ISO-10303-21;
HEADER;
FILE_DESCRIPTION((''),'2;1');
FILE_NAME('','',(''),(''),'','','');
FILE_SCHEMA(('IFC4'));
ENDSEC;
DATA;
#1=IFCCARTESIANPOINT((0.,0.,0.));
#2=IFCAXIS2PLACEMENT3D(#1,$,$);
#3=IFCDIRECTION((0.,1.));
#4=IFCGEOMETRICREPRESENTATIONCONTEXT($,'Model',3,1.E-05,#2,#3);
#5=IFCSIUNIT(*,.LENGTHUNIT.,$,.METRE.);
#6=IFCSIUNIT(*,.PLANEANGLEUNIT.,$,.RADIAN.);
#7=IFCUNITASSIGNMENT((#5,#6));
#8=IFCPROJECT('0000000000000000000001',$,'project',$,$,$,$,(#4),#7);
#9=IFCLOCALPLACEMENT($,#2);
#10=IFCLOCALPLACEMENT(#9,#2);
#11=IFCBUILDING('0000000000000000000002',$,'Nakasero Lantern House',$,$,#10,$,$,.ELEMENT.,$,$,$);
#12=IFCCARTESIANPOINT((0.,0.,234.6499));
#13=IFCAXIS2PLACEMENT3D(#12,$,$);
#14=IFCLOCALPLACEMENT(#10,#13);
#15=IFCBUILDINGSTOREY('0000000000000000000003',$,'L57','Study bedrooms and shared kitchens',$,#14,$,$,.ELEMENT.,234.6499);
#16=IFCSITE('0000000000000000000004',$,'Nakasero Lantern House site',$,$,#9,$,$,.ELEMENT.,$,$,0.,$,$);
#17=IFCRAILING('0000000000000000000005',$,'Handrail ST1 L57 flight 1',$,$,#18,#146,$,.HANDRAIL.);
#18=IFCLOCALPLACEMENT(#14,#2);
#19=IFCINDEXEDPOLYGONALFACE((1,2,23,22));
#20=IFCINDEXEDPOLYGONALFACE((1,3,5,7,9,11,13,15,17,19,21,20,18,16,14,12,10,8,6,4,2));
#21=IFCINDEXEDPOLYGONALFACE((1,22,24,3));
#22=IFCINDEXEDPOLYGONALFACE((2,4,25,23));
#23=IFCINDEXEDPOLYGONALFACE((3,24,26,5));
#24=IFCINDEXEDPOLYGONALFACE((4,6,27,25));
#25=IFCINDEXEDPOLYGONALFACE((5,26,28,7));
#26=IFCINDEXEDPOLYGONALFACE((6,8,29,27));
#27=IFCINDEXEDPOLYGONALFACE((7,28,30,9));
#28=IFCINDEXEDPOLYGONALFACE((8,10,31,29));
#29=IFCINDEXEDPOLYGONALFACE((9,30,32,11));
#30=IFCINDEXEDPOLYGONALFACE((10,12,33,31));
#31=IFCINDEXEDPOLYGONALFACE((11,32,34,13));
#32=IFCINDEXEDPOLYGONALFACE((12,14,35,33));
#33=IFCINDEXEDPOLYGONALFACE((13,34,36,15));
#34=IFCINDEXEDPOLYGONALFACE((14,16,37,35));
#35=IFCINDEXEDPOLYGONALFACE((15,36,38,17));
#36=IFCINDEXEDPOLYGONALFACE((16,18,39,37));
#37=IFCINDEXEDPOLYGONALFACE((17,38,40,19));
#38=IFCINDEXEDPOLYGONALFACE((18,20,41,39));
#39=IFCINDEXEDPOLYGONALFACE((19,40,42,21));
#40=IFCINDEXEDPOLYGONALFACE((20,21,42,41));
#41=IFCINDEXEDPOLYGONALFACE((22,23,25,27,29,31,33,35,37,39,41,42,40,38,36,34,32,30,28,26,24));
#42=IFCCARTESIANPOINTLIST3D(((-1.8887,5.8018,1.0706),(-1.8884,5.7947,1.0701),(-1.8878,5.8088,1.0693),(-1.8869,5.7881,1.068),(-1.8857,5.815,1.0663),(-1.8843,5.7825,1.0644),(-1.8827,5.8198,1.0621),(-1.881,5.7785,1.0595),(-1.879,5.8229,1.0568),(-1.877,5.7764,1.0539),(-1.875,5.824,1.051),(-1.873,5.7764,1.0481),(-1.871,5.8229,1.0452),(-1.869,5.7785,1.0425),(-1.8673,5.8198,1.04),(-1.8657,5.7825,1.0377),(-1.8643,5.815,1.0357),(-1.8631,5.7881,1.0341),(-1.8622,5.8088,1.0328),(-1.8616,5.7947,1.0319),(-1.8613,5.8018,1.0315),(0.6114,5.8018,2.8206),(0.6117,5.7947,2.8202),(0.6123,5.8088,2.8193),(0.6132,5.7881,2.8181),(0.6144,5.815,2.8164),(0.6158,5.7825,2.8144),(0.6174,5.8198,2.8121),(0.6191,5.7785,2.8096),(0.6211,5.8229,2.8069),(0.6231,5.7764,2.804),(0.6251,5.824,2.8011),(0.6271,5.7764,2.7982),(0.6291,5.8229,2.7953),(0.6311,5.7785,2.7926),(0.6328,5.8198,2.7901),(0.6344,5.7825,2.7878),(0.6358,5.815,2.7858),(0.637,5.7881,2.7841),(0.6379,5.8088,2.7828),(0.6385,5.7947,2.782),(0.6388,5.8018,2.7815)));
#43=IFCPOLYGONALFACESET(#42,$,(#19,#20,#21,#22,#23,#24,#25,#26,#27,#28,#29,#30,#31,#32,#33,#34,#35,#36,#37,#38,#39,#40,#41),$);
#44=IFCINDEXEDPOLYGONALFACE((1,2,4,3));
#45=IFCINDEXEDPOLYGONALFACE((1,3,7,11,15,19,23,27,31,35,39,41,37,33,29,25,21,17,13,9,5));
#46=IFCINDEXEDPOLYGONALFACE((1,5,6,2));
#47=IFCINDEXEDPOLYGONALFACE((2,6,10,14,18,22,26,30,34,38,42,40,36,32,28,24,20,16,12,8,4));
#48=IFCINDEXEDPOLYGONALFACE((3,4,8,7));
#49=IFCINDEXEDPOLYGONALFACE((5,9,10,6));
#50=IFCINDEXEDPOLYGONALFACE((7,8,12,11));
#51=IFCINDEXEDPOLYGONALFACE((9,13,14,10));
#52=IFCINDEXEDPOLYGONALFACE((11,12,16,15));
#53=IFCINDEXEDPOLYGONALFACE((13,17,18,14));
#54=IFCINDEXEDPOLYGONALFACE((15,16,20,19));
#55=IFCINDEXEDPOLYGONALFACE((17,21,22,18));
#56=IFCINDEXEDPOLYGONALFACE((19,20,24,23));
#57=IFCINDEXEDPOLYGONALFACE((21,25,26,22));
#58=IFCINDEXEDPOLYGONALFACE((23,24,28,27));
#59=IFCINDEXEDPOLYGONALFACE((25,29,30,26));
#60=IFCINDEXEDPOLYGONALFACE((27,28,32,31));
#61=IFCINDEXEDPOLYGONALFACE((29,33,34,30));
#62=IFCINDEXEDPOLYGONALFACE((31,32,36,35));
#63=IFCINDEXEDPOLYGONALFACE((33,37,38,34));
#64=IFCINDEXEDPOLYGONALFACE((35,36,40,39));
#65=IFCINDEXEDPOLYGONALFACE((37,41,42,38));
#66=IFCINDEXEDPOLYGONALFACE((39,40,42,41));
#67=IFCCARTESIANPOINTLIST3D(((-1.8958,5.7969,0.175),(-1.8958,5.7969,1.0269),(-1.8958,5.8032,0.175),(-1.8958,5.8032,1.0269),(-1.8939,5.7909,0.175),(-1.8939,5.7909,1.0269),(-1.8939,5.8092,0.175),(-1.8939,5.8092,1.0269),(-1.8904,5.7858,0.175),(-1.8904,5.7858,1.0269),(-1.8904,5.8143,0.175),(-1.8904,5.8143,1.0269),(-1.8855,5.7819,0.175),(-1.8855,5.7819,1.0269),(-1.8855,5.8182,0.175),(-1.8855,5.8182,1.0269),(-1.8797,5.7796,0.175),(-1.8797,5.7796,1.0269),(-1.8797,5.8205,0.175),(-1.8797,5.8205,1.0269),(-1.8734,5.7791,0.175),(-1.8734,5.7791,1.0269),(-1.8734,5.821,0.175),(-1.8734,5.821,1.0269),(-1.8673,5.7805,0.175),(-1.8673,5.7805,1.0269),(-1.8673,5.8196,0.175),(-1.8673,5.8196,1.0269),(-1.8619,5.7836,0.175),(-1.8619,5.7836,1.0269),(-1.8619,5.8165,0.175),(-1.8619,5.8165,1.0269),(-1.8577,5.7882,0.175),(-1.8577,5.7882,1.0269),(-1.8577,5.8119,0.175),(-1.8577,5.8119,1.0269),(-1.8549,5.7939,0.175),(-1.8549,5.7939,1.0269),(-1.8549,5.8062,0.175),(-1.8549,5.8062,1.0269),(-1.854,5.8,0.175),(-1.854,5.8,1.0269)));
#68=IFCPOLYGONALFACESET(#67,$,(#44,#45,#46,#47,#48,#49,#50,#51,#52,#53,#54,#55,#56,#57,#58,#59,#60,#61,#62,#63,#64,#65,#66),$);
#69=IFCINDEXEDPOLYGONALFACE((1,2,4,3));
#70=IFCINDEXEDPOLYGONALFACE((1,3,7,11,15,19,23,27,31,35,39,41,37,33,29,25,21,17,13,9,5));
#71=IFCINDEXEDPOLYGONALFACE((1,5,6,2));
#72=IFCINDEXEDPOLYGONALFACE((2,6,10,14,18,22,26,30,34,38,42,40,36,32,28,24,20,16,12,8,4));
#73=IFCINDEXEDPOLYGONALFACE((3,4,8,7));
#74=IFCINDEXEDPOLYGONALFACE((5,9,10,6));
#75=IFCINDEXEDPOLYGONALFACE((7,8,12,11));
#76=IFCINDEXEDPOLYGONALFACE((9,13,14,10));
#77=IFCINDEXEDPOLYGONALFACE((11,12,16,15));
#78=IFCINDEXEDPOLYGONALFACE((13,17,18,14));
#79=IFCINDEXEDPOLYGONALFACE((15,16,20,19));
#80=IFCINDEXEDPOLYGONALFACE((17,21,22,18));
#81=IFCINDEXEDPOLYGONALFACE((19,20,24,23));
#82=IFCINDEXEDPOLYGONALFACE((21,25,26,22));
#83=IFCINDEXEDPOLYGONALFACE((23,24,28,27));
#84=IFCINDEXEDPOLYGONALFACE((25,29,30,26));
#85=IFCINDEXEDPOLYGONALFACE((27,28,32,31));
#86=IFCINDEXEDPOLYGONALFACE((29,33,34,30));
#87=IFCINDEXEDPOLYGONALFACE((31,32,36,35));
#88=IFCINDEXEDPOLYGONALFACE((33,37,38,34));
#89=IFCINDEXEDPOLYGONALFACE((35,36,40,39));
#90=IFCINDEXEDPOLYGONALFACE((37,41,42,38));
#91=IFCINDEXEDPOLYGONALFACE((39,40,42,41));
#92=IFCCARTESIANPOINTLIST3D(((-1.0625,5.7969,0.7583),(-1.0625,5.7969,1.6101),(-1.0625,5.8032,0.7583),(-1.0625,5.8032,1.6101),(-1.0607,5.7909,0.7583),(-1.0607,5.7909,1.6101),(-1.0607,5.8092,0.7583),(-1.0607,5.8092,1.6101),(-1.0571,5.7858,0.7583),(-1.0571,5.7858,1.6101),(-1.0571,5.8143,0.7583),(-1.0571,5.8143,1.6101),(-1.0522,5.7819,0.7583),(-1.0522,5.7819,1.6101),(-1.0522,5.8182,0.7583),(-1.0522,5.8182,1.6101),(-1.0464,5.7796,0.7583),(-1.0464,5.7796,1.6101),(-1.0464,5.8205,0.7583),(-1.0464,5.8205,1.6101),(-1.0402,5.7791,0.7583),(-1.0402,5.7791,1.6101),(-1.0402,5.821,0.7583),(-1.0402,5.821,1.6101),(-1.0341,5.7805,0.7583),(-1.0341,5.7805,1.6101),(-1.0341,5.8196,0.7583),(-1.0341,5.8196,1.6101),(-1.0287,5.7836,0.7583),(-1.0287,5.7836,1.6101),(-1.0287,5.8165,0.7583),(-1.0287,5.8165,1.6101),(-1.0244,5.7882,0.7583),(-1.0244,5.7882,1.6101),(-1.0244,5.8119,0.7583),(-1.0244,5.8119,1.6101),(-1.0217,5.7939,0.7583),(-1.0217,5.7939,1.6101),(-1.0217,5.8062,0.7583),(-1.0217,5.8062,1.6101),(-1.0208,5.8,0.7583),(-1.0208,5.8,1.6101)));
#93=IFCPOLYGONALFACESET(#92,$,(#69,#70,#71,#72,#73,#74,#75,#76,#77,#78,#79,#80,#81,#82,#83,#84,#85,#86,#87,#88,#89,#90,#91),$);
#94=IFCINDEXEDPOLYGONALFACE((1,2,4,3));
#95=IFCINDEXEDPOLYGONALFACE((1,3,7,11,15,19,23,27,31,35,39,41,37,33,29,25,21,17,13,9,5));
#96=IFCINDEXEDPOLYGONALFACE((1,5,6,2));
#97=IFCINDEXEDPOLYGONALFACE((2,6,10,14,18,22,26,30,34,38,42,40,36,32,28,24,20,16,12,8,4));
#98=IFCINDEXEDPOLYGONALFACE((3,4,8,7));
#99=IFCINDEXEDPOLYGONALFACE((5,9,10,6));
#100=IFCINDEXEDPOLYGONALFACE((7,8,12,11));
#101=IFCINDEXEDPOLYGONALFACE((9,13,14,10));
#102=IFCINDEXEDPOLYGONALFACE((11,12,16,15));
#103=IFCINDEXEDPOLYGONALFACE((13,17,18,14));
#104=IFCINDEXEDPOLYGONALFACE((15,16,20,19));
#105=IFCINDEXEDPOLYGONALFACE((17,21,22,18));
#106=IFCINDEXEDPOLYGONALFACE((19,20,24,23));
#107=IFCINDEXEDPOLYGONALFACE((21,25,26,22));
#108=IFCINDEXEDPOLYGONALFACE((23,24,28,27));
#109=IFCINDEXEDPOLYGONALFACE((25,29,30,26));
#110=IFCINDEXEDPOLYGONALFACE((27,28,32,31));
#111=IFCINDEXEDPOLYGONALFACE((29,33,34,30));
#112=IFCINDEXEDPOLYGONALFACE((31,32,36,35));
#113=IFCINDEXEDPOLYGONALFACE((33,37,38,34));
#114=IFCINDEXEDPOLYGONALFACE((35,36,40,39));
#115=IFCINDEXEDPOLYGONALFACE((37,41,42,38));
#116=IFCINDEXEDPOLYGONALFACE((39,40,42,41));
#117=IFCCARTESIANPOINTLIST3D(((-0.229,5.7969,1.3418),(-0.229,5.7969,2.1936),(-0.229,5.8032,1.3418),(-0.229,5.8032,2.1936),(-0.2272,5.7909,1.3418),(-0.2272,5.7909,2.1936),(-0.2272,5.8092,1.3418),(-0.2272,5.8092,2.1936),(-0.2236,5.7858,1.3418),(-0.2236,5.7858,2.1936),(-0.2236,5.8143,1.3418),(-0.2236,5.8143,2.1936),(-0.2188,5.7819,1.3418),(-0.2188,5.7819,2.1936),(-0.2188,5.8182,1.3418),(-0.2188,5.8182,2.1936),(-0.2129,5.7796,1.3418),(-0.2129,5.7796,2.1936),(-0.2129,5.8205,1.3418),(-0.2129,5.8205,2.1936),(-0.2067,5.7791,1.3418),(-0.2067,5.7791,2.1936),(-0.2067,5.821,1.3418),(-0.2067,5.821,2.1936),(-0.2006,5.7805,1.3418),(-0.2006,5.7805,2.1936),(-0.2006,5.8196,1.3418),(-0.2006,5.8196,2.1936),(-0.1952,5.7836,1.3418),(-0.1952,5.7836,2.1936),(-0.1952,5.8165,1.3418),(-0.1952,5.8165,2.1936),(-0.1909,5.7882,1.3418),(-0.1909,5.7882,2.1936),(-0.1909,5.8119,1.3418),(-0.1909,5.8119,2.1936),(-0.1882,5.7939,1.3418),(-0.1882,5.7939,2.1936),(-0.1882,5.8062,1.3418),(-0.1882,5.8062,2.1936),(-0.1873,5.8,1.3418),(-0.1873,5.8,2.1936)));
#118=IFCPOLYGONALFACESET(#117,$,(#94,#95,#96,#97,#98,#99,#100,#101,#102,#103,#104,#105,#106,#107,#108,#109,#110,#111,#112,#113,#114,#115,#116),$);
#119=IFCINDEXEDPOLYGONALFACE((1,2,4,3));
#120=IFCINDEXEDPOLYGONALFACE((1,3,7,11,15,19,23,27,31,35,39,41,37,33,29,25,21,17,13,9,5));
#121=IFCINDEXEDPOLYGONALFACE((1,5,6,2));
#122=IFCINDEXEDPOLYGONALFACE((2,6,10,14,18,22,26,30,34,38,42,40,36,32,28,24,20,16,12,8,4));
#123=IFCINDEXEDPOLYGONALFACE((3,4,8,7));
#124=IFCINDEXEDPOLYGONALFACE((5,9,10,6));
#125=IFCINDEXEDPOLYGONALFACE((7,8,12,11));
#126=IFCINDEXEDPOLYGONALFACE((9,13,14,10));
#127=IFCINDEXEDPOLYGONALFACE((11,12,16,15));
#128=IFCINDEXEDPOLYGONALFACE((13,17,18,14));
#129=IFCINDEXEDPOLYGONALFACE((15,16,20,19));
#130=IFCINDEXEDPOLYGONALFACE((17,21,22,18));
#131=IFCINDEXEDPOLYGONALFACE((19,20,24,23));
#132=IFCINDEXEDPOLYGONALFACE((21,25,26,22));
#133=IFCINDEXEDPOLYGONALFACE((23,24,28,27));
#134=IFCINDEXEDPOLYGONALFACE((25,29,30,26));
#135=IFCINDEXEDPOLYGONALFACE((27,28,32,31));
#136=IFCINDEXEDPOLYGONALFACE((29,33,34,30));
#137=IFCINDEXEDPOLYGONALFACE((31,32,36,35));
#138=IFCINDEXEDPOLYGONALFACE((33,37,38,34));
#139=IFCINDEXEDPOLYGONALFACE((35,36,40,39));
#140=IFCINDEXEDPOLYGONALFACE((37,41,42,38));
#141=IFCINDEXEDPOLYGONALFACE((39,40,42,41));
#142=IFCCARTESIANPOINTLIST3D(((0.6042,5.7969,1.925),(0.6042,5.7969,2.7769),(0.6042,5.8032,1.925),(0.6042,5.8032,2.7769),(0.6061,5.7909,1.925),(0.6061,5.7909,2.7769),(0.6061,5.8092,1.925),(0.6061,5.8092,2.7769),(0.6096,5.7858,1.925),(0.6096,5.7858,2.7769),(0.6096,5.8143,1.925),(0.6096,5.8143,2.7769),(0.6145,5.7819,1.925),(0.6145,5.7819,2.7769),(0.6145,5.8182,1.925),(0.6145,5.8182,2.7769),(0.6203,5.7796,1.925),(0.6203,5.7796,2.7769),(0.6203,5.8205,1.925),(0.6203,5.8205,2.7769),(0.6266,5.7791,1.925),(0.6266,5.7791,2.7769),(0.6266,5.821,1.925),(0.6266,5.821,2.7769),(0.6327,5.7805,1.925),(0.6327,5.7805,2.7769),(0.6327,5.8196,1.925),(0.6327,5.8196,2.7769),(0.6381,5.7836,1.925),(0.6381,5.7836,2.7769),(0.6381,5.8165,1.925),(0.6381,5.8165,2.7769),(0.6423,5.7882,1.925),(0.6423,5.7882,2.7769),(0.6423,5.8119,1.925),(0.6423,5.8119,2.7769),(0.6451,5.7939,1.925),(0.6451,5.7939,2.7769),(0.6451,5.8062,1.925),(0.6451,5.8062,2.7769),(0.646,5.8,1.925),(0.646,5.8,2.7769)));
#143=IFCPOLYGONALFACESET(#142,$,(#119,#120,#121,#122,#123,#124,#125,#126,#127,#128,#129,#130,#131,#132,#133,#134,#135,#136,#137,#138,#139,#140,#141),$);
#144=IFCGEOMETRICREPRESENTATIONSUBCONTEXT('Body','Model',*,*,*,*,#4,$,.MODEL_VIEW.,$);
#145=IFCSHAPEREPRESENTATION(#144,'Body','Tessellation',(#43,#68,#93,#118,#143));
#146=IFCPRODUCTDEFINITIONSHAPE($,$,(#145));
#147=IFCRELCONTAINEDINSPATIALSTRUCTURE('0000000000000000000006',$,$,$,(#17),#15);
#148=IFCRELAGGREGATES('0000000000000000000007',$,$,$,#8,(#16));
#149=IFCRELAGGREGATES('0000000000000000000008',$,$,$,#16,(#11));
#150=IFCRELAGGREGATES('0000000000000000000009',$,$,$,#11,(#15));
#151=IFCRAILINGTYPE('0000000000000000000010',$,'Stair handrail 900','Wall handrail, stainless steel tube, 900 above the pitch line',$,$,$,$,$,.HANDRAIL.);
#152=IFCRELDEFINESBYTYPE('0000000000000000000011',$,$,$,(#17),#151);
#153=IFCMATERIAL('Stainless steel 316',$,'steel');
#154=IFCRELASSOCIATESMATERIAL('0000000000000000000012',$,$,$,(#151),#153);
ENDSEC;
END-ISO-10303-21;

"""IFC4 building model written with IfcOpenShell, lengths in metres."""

from ifc_helpers import new_model, si_unit, direction, frame, origin, origin_2d, place, context, subcontext, project, spatial, circle, extrude, material, type_object, element, save


model = new_model("IFC4")

# Units and contexts
model_context = context("Model", 3, precision=1e-05, world=origin(), true_north=direction((0.0, 1.0)))
body_context = subcontext(model_context, "Body", "Model", "MODEL_VIEW")
ifc_project = project(units=[si_unit("LENGTHUNIT", "METRE"), si_unit("PLANEANGLEUNIT", "RADIAN")], contexts=[model_context])

# Site, building, storey
site_placement = place(None, origin())
site = spatial("IfcSite", under=ifc_project, at=site_placement, Name="Nakasero Lantern House site", CompositionType="ELEMENT", RefElevation=0.0)
building_placement = place(site_placement, origin())
building = spatial("IfcBuilding", under=site, at=building_placement, Name="Nakasero Lantern House", CompositionType="ELEMENT")
storey_placement = place(building_placement, frame((0.0, 0.0, 234.6499)))
storey = spatial("IfcBuildingStorey", under=building, at=storey_placement, Name="L57", Description="Study bedrooms and shared kitchens", CompositionType="ELEMENT", Elevation=234.6499)

# Railing
ifc_material_1 = material(Name="Stainless steel 316", Category="steel")
railing_type = type_object("IfcRailingType", Name="Stair handrail 900", Description="Wall handrail, stainless steel tube, 900 above the pitch line", PredefinedType="HANDRAIL", material=ifc_material_1)
railing_placement = place(storey_placement, frame((-1.875, 5.8, 0.175)))
element("IfcRailing", 1, at=railing_placement, inside=storey, type_object=railing_type, Name="Handrail ST1 L57 flight 1", PredefinedType="HANDRAIL", context=body_context, shape_type="SweptSolid", body=[
    extrude(circle(Radius=0.0239, at=origin_2d()), frame((0.0, 0.0, 0.876), z_axis=(0.819232, 0.0, 0.573462), x_axis=(0.0, 1.0, 0.0)), (0.0, 0.0, 1.0), 3.0518),
    extrude(circle(Radius=0.021, at=origin_2d()), origin(), (0.0, 0.0, 1.0), 0.8518),
    extrude(circle(Radius=0.021, at=origin_2d()), frame((0.8333, 0.0, 0.5833)), (0.0, 0.0, 1.0), 0.8518),
    extrude(circle(Radius=0.021, at=origin_2d()), frame((1.6667, 0.0, 1.1667)), (0.0, 0.0, 1.0), 0.8518),
    extrude(circle(Radius=0.021, at=origin_2d()), frame((2.5, 0.0, 1.75)), (0.0, 0.0, 1.0), 0.8518),
])

save(model, "model.ifc")
